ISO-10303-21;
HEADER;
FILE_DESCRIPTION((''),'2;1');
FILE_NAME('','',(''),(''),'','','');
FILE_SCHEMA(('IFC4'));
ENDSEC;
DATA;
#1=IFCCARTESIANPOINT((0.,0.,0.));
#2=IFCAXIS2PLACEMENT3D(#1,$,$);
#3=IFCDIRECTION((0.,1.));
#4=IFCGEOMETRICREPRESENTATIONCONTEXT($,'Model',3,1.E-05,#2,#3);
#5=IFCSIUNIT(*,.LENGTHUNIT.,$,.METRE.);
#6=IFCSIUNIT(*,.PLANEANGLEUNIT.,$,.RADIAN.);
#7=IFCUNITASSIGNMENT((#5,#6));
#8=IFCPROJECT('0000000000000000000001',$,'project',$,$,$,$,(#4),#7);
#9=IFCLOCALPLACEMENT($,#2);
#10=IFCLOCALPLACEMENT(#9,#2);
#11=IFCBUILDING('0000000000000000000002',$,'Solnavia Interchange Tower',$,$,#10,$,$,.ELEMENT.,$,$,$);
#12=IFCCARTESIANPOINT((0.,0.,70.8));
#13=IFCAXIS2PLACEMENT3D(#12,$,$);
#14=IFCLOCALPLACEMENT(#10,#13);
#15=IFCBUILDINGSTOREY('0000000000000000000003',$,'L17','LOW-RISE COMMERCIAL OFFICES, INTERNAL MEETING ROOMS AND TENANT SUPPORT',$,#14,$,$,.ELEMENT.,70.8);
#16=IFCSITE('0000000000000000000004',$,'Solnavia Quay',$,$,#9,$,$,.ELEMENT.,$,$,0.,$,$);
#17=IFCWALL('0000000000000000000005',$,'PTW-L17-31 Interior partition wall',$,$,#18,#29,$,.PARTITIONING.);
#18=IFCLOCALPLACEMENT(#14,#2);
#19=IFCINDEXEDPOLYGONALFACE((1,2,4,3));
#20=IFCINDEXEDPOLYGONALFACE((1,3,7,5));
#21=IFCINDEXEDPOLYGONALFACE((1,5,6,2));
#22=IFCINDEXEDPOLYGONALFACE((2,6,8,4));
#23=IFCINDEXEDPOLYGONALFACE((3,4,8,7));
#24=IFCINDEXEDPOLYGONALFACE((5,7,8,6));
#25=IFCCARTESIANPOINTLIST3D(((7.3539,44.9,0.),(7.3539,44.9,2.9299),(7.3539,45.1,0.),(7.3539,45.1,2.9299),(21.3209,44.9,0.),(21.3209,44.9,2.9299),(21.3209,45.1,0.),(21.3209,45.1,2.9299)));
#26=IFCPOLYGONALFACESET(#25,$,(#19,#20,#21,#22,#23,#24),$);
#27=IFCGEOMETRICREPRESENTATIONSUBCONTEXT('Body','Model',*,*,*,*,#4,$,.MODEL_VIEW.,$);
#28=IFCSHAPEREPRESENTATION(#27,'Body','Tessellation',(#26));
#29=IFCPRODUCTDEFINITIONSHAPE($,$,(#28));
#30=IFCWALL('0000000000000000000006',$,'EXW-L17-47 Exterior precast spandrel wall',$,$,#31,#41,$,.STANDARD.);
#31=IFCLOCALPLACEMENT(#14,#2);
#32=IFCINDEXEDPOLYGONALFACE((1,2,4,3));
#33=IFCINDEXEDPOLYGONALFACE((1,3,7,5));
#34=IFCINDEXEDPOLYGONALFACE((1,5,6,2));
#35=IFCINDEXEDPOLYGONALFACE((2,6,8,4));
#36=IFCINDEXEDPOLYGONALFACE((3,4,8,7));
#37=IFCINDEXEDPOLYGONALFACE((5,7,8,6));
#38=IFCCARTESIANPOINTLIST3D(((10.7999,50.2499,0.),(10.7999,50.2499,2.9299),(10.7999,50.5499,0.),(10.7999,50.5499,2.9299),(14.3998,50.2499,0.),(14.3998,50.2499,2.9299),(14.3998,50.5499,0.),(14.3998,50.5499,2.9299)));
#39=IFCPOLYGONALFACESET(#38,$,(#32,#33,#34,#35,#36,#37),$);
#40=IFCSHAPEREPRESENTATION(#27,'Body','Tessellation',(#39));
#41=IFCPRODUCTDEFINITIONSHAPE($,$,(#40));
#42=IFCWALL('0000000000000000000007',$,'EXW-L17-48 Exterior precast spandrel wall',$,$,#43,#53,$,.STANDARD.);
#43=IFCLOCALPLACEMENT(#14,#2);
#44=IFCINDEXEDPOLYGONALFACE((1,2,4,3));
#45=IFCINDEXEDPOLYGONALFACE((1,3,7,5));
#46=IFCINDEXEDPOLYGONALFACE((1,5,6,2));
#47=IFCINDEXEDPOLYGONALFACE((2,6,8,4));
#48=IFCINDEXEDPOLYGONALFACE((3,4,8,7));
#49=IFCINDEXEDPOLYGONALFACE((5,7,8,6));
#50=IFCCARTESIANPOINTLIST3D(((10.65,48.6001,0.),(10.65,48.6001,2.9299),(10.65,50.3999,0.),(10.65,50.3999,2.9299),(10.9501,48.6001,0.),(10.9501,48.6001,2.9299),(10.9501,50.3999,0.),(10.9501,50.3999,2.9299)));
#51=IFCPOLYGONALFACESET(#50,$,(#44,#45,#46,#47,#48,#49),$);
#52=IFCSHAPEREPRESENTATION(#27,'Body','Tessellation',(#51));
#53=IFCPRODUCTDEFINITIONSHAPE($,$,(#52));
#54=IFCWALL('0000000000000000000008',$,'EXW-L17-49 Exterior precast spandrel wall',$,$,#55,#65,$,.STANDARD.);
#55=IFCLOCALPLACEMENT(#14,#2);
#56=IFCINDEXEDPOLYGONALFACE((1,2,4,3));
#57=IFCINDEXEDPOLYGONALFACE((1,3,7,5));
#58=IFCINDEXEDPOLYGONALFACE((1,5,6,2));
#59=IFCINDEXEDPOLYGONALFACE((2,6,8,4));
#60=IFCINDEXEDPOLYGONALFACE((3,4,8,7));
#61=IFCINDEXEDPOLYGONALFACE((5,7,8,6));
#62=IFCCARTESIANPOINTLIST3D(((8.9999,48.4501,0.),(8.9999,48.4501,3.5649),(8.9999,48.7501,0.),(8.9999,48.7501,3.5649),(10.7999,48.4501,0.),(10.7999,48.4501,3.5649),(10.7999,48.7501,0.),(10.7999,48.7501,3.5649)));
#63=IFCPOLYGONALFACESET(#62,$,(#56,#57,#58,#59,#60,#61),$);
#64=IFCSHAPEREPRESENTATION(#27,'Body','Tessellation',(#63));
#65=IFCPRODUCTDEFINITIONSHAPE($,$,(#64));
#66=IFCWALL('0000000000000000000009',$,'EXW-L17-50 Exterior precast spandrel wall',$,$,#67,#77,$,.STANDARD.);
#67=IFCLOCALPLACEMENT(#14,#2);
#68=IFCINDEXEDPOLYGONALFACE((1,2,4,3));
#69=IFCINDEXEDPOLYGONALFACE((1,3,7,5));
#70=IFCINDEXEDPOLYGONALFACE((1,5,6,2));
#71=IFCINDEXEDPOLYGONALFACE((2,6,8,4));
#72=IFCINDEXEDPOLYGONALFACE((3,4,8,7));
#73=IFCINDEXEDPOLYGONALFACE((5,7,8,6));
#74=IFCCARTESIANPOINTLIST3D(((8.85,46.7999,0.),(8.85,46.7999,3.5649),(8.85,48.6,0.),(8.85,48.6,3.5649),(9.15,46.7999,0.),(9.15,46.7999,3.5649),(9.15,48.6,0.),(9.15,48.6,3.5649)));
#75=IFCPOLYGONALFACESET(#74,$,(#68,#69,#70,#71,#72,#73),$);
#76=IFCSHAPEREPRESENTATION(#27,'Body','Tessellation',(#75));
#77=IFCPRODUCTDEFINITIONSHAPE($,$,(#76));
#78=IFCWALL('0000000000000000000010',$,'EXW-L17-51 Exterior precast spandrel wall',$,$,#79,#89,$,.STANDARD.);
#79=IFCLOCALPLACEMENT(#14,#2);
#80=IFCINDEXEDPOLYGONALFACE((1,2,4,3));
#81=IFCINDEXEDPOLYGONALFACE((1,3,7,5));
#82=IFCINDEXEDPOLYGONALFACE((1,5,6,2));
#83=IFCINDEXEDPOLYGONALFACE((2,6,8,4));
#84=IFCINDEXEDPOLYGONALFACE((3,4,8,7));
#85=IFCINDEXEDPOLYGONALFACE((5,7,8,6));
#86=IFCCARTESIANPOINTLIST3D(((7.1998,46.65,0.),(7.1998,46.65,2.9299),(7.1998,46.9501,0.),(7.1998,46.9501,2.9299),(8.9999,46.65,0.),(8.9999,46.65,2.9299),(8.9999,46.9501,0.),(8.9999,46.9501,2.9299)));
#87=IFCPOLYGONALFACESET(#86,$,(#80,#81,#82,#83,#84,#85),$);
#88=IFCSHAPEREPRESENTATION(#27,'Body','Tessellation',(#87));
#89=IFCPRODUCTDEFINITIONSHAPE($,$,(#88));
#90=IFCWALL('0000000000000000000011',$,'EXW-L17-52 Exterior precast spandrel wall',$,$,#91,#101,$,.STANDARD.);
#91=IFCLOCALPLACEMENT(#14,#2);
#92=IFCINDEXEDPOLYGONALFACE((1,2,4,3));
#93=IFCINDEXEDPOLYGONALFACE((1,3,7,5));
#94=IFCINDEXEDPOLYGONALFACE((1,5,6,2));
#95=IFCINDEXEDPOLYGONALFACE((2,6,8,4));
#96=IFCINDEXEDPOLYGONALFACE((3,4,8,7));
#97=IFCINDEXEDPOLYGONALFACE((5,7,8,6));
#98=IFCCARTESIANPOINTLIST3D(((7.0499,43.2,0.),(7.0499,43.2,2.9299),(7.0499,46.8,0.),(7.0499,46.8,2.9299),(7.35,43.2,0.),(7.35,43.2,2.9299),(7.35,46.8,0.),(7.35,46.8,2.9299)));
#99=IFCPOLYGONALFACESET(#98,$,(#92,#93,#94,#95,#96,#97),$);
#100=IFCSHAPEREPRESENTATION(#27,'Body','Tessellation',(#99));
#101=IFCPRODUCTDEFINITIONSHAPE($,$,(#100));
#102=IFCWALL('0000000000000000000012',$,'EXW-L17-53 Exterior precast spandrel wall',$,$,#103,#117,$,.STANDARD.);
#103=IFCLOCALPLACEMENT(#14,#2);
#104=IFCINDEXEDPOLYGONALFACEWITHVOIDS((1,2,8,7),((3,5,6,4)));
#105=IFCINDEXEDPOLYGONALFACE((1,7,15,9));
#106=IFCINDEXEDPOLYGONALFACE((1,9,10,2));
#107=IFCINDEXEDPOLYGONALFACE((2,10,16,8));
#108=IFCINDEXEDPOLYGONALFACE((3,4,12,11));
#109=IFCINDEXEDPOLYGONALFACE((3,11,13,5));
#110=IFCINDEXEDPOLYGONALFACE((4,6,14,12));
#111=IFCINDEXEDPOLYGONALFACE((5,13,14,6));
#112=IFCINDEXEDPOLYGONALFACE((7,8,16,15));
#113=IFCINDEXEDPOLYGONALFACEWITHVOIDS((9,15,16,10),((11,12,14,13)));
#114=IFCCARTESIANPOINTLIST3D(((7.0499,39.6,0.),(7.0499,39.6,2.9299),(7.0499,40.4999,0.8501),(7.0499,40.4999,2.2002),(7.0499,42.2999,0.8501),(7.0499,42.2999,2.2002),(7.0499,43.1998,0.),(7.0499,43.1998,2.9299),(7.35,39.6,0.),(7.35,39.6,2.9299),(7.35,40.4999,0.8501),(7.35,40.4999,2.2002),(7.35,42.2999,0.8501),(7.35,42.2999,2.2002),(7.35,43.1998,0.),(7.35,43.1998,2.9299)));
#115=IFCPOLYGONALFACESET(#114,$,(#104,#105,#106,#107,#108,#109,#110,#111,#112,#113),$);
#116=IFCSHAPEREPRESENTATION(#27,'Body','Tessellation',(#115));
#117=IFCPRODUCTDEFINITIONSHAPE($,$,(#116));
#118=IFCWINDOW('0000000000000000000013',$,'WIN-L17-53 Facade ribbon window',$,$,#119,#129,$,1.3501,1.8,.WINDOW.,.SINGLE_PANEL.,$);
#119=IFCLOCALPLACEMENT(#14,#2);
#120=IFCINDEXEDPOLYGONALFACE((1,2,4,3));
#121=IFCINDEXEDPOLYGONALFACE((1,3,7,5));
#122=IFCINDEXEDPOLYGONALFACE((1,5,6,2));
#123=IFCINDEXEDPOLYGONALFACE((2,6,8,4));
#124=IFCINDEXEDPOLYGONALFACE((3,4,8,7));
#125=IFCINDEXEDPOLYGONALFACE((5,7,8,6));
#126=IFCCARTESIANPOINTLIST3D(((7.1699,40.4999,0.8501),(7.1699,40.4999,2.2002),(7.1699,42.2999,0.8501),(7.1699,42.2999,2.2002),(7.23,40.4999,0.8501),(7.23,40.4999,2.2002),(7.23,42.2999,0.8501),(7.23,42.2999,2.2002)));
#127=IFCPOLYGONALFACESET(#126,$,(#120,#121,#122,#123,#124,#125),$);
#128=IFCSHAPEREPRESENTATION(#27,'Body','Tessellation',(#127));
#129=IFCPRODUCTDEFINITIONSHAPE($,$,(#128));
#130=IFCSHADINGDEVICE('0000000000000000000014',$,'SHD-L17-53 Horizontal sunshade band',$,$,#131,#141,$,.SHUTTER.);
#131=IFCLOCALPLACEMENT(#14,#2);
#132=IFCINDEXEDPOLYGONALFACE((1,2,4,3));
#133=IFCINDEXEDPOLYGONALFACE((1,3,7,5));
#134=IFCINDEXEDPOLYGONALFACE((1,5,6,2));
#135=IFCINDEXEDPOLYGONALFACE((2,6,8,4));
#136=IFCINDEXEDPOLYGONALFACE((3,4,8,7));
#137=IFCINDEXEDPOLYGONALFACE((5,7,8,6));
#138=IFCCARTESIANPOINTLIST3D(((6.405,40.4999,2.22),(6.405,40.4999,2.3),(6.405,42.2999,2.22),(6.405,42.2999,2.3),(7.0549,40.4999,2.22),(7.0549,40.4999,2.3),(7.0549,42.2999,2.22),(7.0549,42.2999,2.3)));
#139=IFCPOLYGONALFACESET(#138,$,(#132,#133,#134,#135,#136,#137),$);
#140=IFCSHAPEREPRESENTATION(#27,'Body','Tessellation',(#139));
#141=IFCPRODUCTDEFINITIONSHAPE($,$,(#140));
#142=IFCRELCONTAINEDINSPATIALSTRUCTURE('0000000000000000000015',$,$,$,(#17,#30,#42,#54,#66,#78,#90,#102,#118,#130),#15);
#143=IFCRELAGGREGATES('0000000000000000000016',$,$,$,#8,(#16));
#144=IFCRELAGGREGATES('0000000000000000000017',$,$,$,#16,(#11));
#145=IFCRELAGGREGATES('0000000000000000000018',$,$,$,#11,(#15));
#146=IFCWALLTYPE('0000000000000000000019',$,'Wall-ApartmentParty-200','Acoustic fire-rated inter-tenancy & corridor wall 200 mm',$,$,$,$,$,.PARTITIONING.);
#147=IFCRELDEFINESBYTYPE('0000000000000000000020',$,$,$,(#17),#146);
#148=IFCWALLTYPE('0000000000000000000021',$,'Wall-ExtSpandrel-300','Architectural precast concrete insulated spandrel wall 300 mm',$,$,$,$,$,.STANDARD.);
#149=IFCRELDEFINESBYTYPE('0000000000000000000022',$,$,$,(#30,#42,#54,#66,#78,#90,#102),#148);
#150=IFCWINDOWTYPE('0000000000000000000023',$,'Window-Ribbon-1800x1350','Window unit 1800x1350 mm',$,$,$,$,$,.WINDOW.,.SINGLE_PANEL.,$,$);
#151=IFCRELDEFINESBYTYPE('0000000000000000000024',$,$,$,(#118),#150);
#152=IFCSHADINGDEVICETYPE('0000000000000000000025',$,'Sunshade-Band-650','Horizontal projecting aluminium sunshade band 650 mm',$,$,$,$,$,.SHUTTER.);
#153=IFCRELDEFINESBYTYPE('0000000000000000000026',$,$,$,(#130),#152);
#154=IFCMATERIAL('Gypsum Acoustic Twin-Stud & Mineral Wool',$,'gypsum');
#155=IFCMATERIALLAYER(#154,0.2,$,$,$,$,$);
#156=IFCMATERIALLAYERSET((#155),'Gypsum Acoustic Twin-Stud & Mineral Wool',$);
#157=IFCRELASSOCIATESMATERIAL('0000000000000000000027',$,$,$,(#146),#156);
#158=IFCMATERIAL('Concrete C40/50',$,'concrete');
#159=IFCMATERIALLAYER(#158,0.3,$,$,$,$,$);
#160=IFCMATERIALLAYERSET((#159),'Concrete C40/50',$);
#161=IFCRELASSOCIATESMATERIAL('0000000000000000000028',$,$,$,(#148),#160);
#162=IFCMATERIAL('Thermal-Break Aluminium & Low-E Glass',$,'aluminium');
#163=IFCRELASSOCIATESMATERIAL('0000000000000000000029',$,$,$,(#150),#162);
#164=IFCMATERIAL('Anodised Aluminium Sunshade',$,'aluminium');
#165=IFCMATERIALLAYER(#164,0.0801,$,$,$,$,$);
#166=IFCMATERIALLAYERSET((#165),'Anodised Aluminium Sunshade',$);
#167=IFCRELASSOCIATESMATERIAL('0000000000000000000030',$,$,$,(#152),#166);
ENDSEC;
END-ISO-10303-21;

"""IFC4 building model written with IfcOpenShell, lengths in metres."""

from ifc_helpers import new_model, si_unit, direction, frame, frame_2d, origin, origin_2d, place, context, subcontext, project, spatial, rectangle, extrude, material, layer, layer_set, type_object, element, fill, save


model = new_model("IFC4")

# Units and contexts
model_context = context("Model", 3, precision=1e-05, world=origin(), true_north=direction((0.0, 1.0)))
body_context = subcontext(model_context, "Body", "Model", "MODEL_VIEW")
ifc_project = project(units=[si_unit("LENGTHUNIT", "METRE"), si_unit("PLANEANGLEUNIT", "RADIAN")], contexts=[model_context])

# Site, building, storey
site_placement = place(None, origin())
site = spatial("IfcSite", under=ifc_project, at=site_placement, Name="Solnavia Quay", CompositionType="ELEMENT", RefElevation=0.0)
building_placement = place(site_placement, origin())
building = spatial("IfcBuilding", under=site, at=building_placement, Name="Solnavia Interchange Tower", CompositionType="ELEMENT")
storey_placement = place(building_placement, frame((0.0, 0.0, 70.8)))
storey = spatial("IfcBuildingStorey", under=building, at=storey_placement, Name="L17", Description="LOW-RISE COMMERCIAL OFFICES, INTERNAL MEETING ROOMS AND TENANT SUPPORT", CompositionType="ELEMENT", Elevation=70.8)

# Walls
ifc_material_1 = material(Name="Gypsum Acoustic Twin-Stud & Mineral Wool", Category="gypsum")
ifc_layer_1 = layer(ifc_material_1, 0.2)
ifc_layer_set_1 = layer_set([ifc_layer_1], Name="Gypsum Acoustic Twin-Stud & Mineral Wool")
wall_type_1 = type_object("IfcWallType", Name="Wall-ApartmentParty-200", Description="Acoustic fire-rated inter-tenancy & corridor wall 200 mm", PredefinedType="PARTITIONING", material=ifc_layer_set_1)
wall_1_placement = place(storey_placement, frame((7.354, 45.0, 0.0), z_axis=(0.0, 0.0, 1.0), x_axis=(1.0, 0.0, 0.0)))
element("IfcWall", 1, at=wall_1_placement, inside=storey, type_object=wall_type_1, Name="PTW-L17-31 Interior partition wall", PredefinedType="PARTITIONING", context=body_context, shape_type="SweptSolid", body=[
    extrude(rectangle(XDim=13.967, YDim=0.2, at=frame_2d((6.9834, 0.0))), origin(), (0.0, 0.0, 1.0), 2.9299),
])
ifc_material_2 = material(Name="Concrete C40/50", Category="concrete")
ifc_layer_2 = layer(ifc_material_2, 0.3)
ifc_layer_set_2 = layer_set([ifc_layer_2], Name="Concrete C40/50")
wall_type_2 = type_object("IfcWallType", Name="Wall-ExtSpandrel-300", Description="Architectural precast concrete insulated spandrel wall 300 mm", PredefinedType="STANDARD", material=ifc_layer_set_2)
wall_2_placement = place(storey_placement, frame((10.8, 50.3999, 0.0), z_axis=(0.0, 0.0, 1.0), x_axis=(1.0, 0.0, 0.0)))
element("IfcWall", 2, at=wall_2_placement, inside=storey, type_object=wall_type_2, Name="EXW-L17-47 Exterior precast spandrel wall", PredefinedType="STANDARD", context=body_context, shape_type="SweptSolid", body=[
    extrude(rectangle(XDim=3.5999, YDim=0.3, at=frame_2d((1.7998, 0.0))), origin(), (0.0, 0.0, 1.0), 2.9299),
])
wall_3_placement = place(storey_placement, frame((10.8, 48.6001, 0.0), z_axis=(0.0, 0.0, 1.0), x_axis=(0.0, 1.0, 0.0)))
element("IfcWall", 3, at=wall_3_placement, inside=storey, type_object=wall_type_2, Name="EXW-L17-48 Exterior precast spandrel wall", PredefinedType="STANDARD", context=body_context, shape_type="SweptSolid", body=[
    extrude(rectangle(XDim=1.7998, YDim=0.3, at=frame_2d((0.8999, 0.0))), origin(), (0.0, 0.0, 1.0), 2.9299),
])
for number, where, z_axis, x_axis, name in (
    (4, (9.0, 48.6001, 0.0), (0.0, 0.0, 1.0), (1.0, 0.0, 0.0), "EXW-L17-49 Exterior precast spandrel wall"),
    (5, (9.0, 46.8, 0.0), (0.0, 0.0, 1.0), (0.0, 1.0, 0.0), "EXW-L17-50 Exterior precast spandrel wall"),
):
    element("IfcWall", number, at=place(storey_placement, frame(where, z_axis=z_axis, x_axis=x_axis)), inside=storey, type_object=wall_type_2, Name=name, PredefinedType="STANDARD", context=body_context, shape_type="SweptSolid", body=[
        extrude(rectangle(XDim=1.8, YDim=0.3, at=frame_2d((0.8999, 0.0))), origin(), (0.0, 0.0, 1.0), 3.5649),
    ])
wall_4_placement = place(storey_placement, frame((7.2, 46.8, 0.0), z_axis=(0.0, 0.0, 1.0), x_axis=(1.0, 0.0, 0.0)))
element("IfcWall", 6, at=wall_4_placement, inside=storey, type_object=wall_type_2, Name="EXW-L17-51 Exterior precast spandrel wall", PredefinedType="STANDARD", context=body_context, shape_type="SweptSolid", body=[
    extrude(rectangle(XDim=1.8, YDim=0.3, at=frame_2d((0.8999, 0.0))), origin(), (0.0, 0.0, 1.0), 2.9299),
])
wall_5_placement = place(storey_placement, frame((7.2, 43.2, 0.0), z_axis=(0.0, 0.0, 1.0), x_axis=(0.0, 1.0, 0.0)))
element("IfcWall", 7, at=wall_5_placement, inside=storey, type_object=wall_type_2, Name="EXW-L17-52 Exterior precast spandrel wall", PredefinedType="STANDARD", context=body_context, shape_type="SweptSolid", body=[
    extrude(rectangle(XDim=3.6001, YDim=0.3, at=frame_2d((1.8, 0.0))), origin(), (0.0, 0.0, 1.0), 2.9299),
])

# Wall, opening, window
wall_6_placement = place(storey_placement, frame((7.2, 39.6001, 0.0), z_axis=(0.0, 0.0, 1.0), x_axis=(0.0, 1.0, 0.0)))
wall_6 = element("IfcWall", 8, at=wall_6_placement, inside=storey, type_object=wall_type_2, Name="EXW-L17-53 Exterior precast spandrel wall", PredefinedType="STANDARD", context=body_context, shape_type="SweptSolid", body=[
    extrude(rectangle(XDim=3.5999, YDim=0.3, at=frame_2d((1.7998, 0.0))), origin(), (0.0, 0.0, 1.0), 2.9299),
])
opening_placement = place(wall_6_placement, frame((0.8999, 0.0, 0.8501)))
opening = element("IfcOpeningElement", 9, at=opening_placement, cuts=wall_6, PredefinedType="OPENING", context=body_context, shape_type="SweptSolid", body=[
    extrude(rectangle(XDim=1.8, YDim=1.3501, at=frame_2d((0.8999, 0.675))), frame((0.0, 0.1602, 0.0), z_axis=(0.0, -1.0, 0.0), x_axis=(1.0, 0.0, 0.0)), (0.0, 0.0, 1.0), 0.3201),
])
ifc_material_3 = material(Name="Thermal-Break Aluminium & Low-E Glass", Category="aluminium")
window_type = type_object("IfcWindowType", Name="Window-Ribbon-1800x1350", Description="Window unit 1800x1350 mm", PartitioningType="SINGLE_PANEL", PredefinedType="WINDOW", material=ifc_material_3)
window_placement = place(opening_placement, origin())
window = element("IfcWindow", 10, at=window_placement, inside=storey, type_object=window_type, Name="WIN-L17-53 Facade ribbon window", OverallHeight=1.3501, OverallWidth=1.8, PartitioningType="SINGLE_PANEL", PredefinedType="WINDOW", context=body_context, shape_type="SweptSolid", body=[
    extrude(rectangle(XDim=1.8, YDim=1.3501, at=frame_2d((0.8999, 0.675))), frame((0.0, 0.03, 0.0), z_axis=(0.0, -1.0, 0.0), x_axis=(1.0, 0.0, 0.0)), (0.0, 0.0, 1.0), 0.0601),
])
fill(opening, window)

# Shading device
ifc_material_4 = material(Name="Anodised Aluminium Sunshade", Category="aluminium")
ifc_layer_3 = layer(ifc_material_4, 0.0801)
ifc_layer_set_3 = layer_set([ifc_layer_3], Name="Anodised Aluminium Sunshade")
shading_device_type = type_object("IfcShadingDeviceType", Name="Sunshade-Band-650", Description="Horizontal projecting aluminium sunshade band 650 mm", PredefinedType="SHUTTER", material=ifc_layer_set_3)
shading_device_placement = place(storey_placement, frame((6.73, 41.3999, 2.22), z_axis=(0.0, 0.0, 1.0), x_axis=(0.0, 1.0, 0.0)))
element("IfcShadingDevice", 11, at=shading_device_placement, inside=storey, type_object=shading_device_type, Name="SHD-L17-53 Horizontal sunshade band", PredefinedType="SHUTTER", context=body_context, shape_type="SweptSolid", body=[
    extrude(rectangle(XDim=1.8, YDim=0.6499, at=origin_2d()), origin(), (0.0, 0.0, 1.0), 0.0801),
])

save(model, "model.ifc")
